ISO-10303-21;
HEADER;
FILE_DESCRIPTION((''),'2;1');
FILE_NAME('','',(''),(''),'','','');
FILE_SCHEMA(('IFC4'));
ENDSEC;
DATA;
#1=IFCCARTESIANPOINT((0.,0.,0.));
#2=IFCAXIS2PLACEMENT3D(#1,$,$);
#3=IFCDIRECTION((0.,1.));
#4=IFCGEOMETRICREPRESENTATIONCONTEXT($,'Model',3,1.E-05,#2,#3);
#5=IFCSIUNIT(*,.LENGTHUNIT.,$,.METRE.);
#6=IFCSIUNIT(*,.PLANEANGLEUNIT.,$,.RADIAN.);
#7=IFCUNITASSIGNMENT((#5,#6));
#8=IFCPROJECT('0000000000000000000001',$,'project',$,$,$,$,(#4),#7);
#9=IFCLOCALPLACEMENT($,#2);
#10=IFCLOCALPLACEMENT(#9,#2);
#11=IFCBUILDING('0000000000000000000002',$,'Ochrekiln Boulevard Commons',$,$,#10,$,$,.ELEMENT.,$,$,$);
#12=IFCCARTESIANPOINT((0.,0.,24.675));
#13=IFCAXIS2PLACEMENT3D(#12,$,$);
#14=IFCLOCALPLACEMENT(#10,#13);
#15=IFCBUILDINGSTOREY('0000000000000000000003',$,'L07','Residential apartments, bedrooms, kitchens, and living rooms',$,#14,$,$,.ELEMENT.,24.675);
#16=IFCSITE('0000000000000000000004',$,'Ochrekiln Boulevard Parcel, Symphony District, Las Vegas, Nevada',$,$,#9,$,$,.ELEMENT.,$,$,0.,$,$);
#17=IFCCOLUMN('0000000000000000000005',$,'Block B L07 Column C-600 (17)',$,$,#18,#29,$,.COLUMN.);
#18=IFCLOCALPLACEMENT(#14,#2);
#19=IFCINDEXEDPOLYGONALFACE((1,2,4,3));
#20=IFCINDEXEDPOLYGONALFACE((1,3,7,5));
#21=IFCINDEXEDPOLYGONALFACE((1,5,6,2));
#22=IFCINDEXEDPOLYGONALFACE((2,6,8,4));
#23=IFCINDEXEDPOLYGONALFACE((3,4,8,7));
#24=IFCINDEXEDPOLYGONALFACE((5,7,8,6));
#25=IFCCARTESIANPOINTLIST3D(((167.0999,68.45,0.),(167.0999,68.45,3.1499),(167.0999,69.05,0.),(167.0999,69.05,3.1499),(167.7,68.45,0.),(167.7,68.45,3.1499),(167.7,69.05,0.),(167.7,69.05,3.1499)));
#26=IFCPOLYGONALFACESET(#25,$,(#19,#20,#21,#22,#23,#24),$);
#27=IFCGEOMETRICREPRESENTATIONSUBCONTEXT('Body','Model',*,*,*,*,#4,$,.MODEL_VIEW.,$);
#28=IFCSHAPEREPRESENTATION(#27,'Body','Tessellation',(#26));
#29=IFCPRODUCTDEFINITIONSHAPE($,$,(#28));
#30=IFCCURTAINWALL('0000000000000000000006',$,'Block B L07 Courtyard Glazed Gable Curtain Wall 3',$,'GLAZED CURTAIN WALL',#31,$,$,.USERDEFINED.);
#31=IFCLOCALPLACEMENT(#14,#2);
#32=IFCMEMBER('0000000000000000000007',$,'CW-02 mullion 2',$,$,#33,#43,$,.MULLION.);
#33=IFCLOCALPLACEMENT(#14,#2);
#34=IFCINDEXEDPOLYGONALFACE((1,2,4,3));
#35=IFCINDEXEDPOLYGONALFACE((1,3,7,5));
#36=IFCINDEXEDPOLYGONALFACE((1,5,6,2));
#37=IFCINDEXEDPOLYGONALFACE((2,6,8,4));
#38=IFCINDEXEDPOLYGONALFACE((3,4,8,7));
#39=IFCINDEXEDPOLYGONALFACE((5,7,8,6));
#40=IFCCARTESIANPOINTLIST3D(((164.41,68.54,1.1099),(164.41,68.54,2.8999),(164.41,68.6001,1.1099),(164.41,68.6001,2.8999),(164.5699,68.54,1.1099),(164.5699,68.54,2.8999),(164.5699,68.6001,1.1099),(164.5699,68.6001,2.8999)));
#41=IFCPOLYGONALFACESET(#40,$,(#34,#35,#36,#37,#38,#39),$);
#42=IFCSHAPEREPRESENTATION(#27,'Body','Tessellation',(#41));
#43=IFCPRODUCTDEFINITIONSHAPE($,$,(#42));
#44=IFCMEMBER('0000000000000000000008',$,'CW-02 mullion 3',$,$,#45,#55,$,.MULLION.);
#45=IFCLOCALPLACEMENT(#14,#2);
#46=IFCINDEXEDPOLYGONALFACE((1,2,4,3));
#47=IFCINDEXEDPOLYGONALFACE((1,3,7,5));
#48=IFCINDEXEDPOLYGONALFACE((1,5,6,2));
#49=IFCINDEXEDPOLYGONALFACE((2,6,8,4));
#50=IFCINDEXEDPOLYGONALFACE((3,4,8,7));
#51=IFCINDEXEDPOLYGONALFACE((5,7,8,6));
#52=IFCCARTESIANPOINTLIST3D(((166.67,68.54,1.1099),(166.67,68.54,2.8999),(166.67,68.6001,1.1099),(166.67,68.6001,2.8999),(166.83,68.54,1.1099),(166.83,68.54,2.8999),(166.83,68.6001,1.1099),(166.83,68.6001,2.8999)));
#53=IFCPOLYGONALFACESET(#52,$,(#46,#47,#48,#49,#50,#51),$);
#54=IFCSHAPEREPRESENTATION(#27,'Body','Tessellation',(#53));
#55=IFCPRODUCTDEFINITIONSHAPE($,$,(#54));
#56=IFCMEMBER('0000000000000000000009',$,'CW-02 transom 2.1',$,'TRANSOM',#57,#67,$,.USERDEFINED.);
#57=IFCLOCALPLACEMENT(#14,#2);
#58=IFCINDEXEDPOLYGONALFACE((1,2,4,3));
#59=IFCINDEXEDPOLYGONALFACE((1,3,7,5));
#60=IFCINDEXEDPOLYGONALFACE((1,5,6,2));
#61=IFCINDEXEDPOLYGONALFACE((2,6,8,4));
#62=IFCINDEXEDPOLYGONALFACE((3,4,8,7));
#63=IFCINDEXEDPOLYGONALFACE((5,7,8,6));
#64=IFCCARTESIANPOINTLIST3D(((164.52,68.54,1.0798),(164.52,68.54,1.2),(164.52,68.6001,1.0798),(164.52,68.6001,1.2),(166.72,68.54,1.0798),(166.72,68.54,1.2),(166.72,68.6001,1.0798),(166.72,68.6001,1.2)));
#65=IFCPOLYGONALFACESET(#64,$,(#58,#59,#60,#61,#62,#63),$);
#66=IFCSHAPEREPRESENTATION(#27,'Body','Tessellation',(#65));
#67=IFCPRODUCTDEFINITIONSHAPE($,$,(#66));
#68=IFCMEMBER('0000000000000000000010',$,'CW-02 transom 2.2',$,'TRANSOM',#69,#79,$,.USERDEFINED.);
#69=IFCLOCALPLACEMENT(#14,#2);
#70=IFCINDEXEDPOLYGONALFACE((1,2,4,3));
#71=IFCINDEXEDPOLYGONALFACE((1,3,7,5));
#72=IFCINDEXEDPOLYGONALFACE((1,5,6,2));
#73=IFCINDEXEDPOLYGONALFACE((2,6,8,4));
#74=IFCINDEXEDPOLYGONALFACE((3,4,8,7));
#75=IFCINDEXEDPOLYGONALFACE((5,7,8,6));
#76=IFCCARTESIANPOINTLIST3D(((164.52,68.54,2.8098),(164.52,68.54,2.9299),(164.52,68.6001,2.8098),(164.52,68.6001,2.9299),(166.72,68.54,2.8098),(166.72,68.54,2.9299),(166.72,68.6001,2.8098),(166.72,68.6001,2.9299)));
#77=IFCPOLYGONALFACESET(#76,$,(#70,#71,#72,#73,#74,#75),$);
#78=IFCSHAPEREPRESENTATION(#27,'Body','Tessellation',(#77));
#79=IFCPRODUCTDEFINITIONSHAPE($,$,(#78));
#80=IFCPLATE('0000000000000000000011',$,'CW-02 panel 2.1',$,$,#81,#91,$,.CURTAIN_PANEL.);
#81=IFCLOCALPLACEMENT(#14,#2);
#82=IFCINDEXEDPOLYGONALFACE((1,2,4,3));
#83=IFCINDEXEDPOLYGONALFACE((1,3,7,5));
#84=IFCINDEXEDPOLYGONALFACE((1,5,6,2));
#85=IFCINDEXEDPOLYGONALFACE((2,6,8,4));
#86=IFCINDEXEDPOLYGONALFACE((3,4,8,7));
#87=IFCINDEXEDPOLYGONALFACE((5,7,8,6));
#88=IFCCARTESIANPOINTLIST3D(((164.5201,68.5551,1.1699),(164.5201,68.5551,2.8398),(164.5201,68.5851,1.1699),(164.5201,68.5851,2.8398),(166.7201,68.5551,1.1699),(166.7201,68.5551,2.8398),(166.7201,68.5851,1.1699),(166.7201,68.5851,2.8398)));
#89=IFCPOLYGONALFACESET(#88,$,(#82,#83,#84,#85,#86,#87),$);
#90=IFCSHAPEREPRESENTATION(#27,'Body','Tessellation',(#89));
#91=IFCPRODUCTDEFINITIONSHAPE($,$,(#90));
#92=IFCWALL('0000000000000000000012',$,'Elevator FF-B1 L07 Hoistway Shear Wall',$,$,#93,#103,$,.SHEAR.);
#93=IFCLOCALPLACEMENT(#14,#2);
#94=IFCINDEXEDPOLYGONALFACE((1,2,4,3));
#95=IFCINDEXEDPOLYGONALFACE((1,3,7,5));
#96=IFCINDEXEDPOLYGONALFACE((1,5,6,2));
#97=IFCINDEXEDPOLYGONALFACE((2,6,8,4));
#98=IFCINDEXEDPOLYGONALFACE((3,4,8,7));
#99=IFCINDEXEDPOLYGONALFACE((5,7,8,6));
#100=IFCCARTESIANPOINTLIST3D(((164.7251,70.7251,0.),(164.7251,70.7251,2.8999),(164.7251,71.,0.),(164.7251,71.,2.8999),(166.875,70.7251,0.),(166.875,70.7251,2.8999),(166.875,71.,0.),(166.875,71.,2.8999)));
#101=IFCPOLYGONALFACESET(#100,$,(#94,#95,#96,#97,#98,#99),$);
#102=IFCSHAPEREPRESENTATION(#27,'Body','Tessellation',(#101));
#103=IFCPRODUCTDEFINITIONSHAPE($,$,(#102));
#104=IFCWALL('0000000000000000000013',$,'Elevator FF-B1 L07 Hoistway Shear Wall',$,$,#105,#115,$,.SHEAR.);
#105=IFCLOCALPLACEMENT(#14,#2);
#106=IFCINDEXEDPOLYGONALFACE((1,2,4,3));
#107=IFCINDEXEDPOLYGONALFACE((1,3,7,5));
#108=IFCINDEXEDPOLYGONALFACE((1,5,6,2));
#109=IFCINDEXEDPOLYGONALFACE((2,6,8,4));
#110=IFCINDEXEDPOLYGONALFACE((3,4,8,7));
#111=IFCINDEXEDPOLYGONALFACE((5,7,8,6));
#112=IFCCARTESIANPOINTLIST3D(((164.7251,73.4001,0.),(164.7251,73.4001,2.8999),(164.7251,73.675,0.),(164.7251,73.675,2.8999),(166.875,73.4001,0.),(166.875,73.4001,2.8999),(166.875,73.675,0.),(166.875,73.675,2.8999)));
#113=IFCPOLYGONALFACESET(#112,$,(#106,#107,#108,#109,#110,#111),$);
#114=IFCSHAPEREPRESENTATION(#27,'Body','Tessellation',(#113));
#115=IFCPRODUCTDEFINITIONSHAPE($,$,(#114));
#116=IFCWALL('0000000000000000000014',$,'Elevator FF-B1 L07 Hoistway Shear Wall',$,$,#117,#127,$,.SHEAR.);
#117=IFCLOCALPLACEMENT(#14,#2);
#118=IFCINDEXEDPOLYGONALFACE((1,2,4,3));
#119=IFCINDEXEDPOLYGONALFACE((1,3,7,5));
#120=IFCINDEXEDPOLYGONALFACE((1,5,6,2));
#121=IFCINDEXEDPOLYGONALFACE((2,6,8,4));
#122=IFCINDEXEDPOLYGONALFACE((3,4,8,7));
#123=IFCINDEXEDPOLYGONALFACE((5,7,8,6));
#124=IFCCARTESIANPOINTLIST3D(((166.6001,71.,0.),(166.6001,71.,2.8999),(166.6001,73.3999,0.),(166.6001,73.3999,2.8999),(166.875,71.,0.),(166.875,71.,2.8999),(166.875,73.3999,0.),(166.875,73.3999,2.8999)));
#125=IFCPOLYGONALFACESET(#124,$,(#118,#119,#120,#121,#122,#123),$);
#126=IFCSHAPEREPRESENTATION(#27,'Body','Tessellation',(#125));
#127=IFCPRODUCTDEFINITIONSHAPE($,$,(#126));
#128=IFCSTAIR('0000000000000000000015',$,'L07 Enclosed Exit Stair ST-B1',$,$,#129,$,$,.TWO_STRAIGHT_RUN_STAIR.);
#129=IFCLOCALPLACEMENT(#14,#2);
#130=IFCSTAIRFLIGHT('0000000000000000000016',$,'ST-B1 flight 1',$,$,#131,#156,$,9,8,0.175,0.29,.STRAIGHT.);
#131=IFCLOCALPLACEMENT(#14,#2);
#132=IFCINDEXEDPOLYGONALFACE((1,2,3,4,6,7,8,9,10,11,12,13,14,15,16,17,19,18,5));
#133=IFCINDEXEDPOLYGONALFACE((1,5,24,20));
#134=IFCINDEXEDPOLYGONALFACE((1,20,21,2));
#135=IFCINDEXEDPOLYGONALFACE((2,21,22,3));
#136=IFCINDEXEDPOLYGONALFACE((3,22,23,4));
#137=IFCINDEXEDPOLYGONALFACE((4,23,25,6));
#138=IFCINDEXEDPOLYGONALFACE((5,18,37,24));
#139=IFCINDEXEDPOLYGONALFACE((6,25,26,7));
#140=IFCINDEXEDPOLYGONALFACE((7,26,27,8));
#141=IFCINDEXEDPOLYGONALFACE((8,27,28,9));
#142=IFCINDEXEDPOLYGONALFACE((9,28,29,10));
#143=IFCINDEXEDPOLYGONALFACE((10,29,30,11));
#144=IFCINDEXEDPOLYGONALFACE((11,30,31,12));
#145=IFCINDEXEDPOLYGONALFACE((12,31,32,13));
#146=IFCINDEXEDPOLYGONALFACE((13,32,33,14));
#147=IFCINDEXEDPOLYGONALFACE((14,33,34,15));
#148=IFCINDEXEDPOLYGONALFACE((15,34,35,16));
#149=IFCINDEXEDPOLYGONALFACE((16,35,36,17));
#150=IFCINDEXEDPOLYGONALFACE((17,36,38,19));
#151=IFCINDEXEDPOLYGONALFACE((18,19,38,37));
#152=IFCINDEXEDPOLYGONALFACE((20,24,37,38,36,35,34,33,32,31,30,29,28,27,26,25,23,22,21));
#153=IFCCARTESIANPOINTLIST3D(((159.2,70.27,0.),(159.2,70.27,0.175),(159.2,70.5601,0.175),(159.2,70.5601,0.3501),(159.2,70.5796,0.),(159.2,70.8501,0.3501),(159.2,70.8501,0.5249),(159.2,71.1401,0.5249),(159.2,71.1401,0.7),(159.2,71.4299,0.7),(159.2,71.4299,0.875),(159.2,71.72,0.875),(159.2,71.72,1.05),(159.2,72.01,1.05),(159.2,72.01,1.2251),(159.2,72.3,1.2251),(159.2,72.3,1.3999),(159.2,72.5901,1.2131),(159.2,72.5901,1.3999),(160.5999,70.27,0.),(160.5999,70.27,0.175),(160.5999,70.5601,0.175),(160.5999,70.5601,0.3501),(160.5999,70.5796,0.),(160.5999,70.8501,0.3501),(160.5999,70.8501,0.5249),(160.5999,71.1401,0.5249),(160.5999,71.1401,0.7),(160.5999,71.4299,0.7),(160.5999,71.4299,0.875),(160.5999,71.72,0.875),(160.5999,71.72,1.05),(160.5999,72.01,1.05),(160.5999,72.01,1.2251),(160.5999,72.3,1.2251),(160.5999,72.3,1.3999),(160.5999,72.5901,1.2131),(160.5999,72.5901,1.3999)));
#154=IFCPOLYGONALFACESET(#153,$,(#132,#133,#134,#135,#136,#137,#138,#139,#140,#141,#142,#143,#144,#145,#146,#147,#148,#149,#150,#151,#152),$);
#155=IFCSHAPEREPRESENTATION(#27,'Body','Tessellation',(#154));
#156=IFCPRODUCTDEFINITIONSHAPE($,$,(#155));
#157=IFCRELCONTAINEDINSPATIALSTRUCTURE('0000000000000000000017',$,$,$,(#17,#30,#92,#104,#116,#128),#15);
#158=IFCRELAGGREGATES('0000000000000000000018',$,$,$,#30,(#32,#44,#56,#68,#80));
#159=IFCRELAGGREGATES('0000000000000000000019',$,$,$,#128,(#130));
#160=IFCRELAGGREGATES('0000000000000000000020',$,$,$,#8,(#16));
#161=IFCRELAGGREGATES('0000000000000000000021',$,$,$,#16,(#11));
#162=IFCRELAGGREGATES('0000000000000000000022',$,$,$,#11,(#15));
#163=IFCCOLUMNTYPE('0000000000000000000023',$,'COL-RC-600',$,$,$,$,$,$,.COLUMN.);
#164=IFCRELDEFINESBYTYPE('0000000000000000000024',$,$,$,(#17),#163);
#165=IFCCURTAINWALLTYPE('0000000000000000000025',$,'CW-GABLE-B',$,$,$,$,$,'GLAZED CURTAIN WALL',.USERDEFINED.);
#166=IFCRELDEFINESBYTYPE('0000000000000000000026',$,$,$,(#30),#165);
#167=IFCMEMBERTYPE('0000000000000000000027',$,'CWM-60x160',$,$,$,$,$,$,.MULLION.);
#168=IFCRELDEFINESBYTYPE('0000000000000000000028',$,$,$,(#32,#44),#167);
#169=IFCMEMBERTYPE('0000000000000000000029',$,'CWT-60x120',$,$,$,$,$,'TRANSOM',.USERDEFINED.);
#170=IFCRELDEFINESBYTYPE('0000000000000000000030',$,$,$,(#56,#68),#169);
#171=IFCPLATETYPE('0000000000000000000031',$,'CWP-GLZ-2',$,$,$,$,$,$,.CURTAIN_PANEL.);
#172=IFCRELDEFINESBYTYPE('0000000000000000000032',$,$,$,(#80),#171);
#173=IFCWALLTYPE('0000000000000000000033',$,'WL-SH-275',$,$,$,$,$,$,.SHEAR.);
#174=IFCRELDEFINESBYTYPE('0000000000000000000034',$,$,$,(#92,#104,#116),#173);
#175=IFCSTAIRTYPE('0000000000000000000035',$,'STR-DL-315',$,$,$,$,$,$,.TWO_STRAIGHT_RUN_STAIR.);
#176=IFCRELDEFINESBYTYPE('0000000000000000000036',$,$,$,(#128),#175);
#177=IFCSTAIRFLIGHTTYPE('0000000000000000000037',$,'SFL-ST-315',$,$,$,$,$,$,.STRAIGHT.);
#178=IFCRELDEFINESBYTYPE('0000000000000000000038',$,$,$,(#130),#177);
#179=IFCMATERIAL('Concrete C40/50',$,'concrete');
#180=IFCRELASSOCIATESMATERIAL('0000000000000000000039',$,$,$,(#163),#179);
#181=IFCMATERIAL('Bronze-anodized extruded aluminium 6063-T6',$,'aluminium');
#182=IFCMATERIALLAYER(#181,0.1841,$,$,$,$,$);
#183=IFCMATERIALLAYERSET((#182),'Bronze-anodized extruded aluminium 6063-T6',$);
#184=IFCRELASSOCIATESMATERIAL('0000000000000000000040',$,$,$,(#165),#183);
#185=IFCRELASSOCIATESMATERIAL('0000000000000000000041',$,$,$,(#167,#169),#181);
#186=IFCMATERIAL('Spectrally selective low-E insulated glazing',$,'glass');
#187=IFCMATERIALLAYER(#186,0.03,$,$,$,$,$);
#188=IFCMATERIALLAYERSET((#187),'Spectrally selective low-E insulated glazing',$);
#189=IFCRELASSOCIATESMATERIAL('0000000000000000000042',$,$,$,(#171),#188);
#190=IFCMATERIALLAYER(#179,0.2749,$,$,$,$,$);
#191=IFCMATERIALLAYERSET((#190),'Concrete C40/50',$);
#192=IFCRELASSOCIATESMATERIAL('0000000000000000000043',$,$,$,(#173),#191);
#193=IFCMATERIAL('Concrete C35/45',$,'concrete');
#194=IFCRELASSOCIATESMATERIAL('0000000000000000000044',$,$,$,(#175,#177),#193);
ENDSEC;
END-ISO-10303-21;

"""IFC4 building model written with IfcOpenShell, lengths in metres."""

from ifc_helpers import new_model, si_unit, direction, frame, frame_2d, origin, origin_2d, place, context, subcontext, project, spatial, polyline, rectangle, outline, extrude, material, layer, layer_set, material_profile, profile_set, type_object, element, aggregate, save


model = new_model("IFC4")

# Units and contexts
model_context = context("Model", 3, precision=1e-05, world=origin(), true_north=direction((0.0, 1.0)))
body_context = subcontext(model_context, "Body", "Model", "MODEL_VIEW")
ifc_project = project(units=[si_unit("LENGTHUNIT", "METRE"), si_unit("PLANEANGLEUNIT", "RADIAN")], contexts=[model_context])

# Site, building, storey
site_placement = place(None, origin())
site = spatial("IfcSite", under=ifc_project, at=site_placement, Name="Ochrekiln Boulevard Parcel, Symphony District, Las Vegas, Nevada", CompositionType="ELEMENT", RefElevation=0.0)
building_placement = place(site_placement, origin())
building = spatial("IfcBuilding", under=site, at=building_placement, Name="Ochrekiln Boulevard Commons", CompositionType="ELEMENT")
storey_placement = place(building_placement, frame((0.0, 0.0, 24.675)))
storey = spatial("IfcBuildingStorey", under=building, at=storey_placement, Name="L07", Description="Residential apartments, bedrooms, kitchens, and living rooms", CompositionType="ELEMENT", Elevation=24.675)

# Column
ifc_material_1 = material(Name="Concrete C40/50", Category="concrete")
ifc_material_profile_1 = material_profile(ifc_material_1, rectangle(XDim=0.6001, YDim=0.6001, at=origin_2d()), Name="RC-COL-600x600")
ifc_profile_set_1 = profile_set([ifc_material_profile_1], Name="Concrete C40/50")
column_type = type_object("IfcColumnType", Name="COL-RC-600", PredefinedType="COLUMN", material=ifc_profile_set_1)
column_placement = place(storey_placement, frame((167.3999, 68.75, 0.0), z_axis=(0.0, 0.0, 1.0), x_axis=(1.0, 0.0, 0.0)))
element("IfcColumn", 1, at=column_placement, inside=storey, type_object=column_type, Name="Block B L07 Column C-600 (17)", PredefinedType="COLUMN", context=body_context, shape_type="SweptSolid", body=[
    extrude(rectangle(XDim=0.6001, YDim=0.6001, at=origin_2d()), origin(), (0.0, 0.0, 1.0), 3.1499),
])

# Curtain wall, members, plate
ifc_material_2 = material(Name="Bronze-anodized extruded aluminium 6063-T6", Category="aluminium")
ifc_layer_1 = layer(ifc_material_2, 0.1841)
ifc_layer_set_1 = layer_set([ifc_layer_1], Name="Bronze-anodized extruded aluminium 6063-T6")
curtain_wall_type = type_object("IfcCurtainWallType", Name="CW-GABLE-B", ElementType="GLAZED CURTAIN WALL", PredefinedType="USERDEFINED", material=ifc_layer_set_1)
curtain_wall_placement = place(storey_placement, origin())
curtain_wall = element("IfcCurtainWall", 2, at=curtain_wall_placement, inside=storey, type_object=curtain_wall_type, Name="Block B L07 Courtyard Glazed Gable Curtain Wall 3", ObjectType="GLAZED CURTAIN WALL", PredefinedType="USERDEFINED")
ifc_material_profile_2 = material_profile(ifc_material_2, rectangle(XDim=0.0601, YDim=0.1599, at=origin_2d()), Name="ALU-MUL-60x160")
ifc_profile_set_2 = profile_set([ifc_material_profile_2], Name="Bronze-anodized extruded aluminium 6063-T6")
member_type_1 = type_object("IfcMemberType", Name="CWM-60x160", PredefinedType="MULLION", material=ifc_profile_set_2)
member_1_placement = place(storey_placement, frame((164.49, 68.5701, 1.1099), z_axis=(0.0, 0.0, 1.0), x_axis=(0.0, 1.0, 0.0)))
member_1 = element("IfcMember", 3, at=member_1_placement, type_object=member_type_1, Name="CW-02 mullion 2", PredefinedType="MULLION", context=body_context, shape_type="SweptSolid", body=[
    extrude(rectangle(XDim=0.0601, YDim=0.1599, at=origin_2d()), origin(), (0.0, 0.0, 1.0), 1.79),
])
member_2_placement = place(storey_placement, frame((166.75, 68.5701, 1.1099), z_axis=(0.0, 0.0, 1.0), x_axis=(0.0, 1.0, 0.0)))
member_2 = element("IfcMember", 4, at=member_2_placement, type_object=member_type_1, Name="CW-02 mullion 3", PredefinedType="MULLION", context=body_context, shape_type="SweptSolid", body=[
    extrude(rectangle(XDim=0.0601, YDim=0.1599, at=origin_2d()), origin(), (0.0, 0.0, 1.0), 1.79),
])
ifc_material_profile_3 = material_profile(ifc_material_2, rectangle(XDim=0.0601, YDim=0.1201, at=origin_2d()), Name="ALU-TRN-60x120")
ifc_profile_set_3 = profile_set([ifc_material_profile_3], Name="Bronze-anodized extruded aluminium 6063-T6")
member_type_2 = type_object("IfcMemberType", Name="CWT-60x120", ElementType="TRANSOM", PredefinedType="USERDEFINED", material=ifc_profile_set_3)
member_3_placement = place(storey_placement, frame((164.52, 68.5701, 1.1399), z_axis=(1.0, 0.0, 0.0), x_axis=(0.0, 1.0, 0.0)))
member_3 = element("IfcMember", 5, at=member_3_placement, type_object=member_type_2, Name="CW-02 transom 2.1", ObjectType="TRANSOM", PredefinedType="USERDEFINED", context=body_context, shape_type="SweptSolid", body=[
    extrude(rectangle(XDim=0.0601, YDim=0.1201, at=origin_2d()), origin(), (0.0, 0.0, 1.0), 2.2),
])
member_4_placement = place(storey_placement, frame((164.52, 68.5701, 2.8699), z_axis=(1.0, 0.0, 0.0), x_axis=(0.0, 1.0, 0.0)))
member_4 = element("IfcMember", 6, at=member_4_placement, type_object=member_type_2, Name="CW-02 transom 2.2", ObjectType="TRANSOM", PredefinedType="USERDEFINED", context=body_context, shape_type="SweptSolid", body=[
    extrude(rectangle(XDim=0.0601, YDim=0.1201, at=origin_2d()), origin(), (0.0, 0.0, 1.0), 2.2),
])
ifc_material_3 = material(Name="Spectrally selective low-E insulated glazing", Category="glass")
ifc_layer_2 = layer(ifc_material_3, 0.03)
ifc_layer_set_2 = layer_set([ifc_layer_2], Name="Spectrally selective low-E insulated glazing")
plate_type = type_object("IfcPlateType", Name="CWP-GLZ-2", PredefinedType="CURTAIN_PANEL", material=ifc_layer_set_2)
plate_placement = place(storey_placement, frame((165.6201, 68.5701, 1.1699), z_axis=(0.0, 0.0, 1.0), x_axis=(1.0, 0.0, 0.0)))
plate = element("IfcPlate", 7, at=plate_placement, type_object=plate_type, Name="CW-02 panel 2.1", PredefinedType="CURTAIN_PANEL", context=body_context, shape_type="SweptSolid", body=[
    extrude(rectangle(XDim=2.2, YDim=0.03, at=origin_2d()), origin(), (0.0, 0.0, 1.0), 1.6699),
])
aggregate(curtain_wall, [member_1, member_2, member_3, member_4, plate])

# Walls
ifc_layer_3 = layer(ifc_material_1, 0.2749)
ifc_layer_set_3 = layer_set([ifc_layer_3], Name="Concrete C40/50")
wall_type_1 = type_object("IfcWallType", Name="WL-SH-275", PredefinedType="SHEAR", material=ifc_layer_set_3)
for number, where, z_axis, x_axis, name in (
    (8, (164.7251, 70.8625, 0.0), (0.0, 0.0, 1.0), (1.0, 0.0, 0.0), "Elevator FF-B1 L07 Hoistway Shear Wall"),
    (9, (164.7251, 73.5376, 0.0), (0.0, 0.0, 1.0), (1.0, 0.0, 0.0), "Elevator FF-B1 L07 Hoistway Shear Wall"),
):
    element("IfcWall", number, at=place(storey_placement, frame(where, z_axis=z_axis, x_axis=x_axis)), inside=storey, type_object=wall_type_1, Name=name, PredefinedType="SHEAR", context=body_context, shape_type="SweptSolid", body=[
        extrude(rectangle(XDim=2.1499, YDim=0.2749, at=frame_2d((1.075, 0.0))), origin(), (0.0, 0.0, 1.0), 2.8999),
    ])

# Wall
wall_1_placement = place(storey_placement, frame((166.7375, 71.0, 0.0), z_axis=(0.0, 0.0, 1.0), x_axis=(0.0, 1.0, 0.0)))
element("IfcWall", 10, at=wall_1_placement, inside=storey, type_object=wall_type_1, Name="Elevator FF-B1 L07 Hoistway Shear Wall", PredefinedType="SHEAR", context=body_context, shape_type="SweptSolid", body=[
    extrude(rectangle(XDim=2.3999, YDim=0.2749, at=frame_2d((1.2, 0.0))), origin(), (0.0, 0.0, 1.0), 2.8999),
])

# Stair, stair flight
ifc_material_4 = material(Name="Concrete C35/45", Category="concrete")
stair_type = type_object("IfcStairType", Name="STR-DL-315", PredefinedType="TWO_STRAIGHT_RUN_STAIR", material=ifc_material_4)
stair_placement = place(storey_placement, origin())
stair = element("IfcStair", 11, at=stair_placement, inside=storey, type_object=stair_type, Name="L07 Enclosed Exit Stair ST-B1", PredefinedType="TWO_STRAIGHT_RUN_STAIR")
stair_flight_type = type_object("IfcStairFlightType", Name="SFL-ST-315", PredefinedType="STRAIGHT", material=ifc_material_4)
stair_flight_placement = place(storey_placement, frame((159.8999, 70.27, 0.0), z_axis=(0.0, 0.0, 1.0), x_axis=(0.0, 1.0, 0.0)))
stair_flight = element("IfcStairFlight", 12, at=stair_flight_placement, type_object=stair_flight_type, Name="ST-B1 flight 1", NumberOfRisers=9, NumberOfTreads=8, PredefinedType="STRAIGHT", RiserHeight=0.175, TreadLength=0.29, context=body_context, shape_type="SweptSolid", body=[
    extrude(outline(polyline([(0.0, 0.0), (0.0, 0.175), (0.29, 0.175), (0.29, 0.3501), (0.5801, 0.3501), (0.5801, 0.5249), (0.8701, 0.5249), (0.8701, 0.7), (1.1599, 0.7), (1.1599, 0.875), (1.45, 0.875), (1.45, 1.05), (1.74, 1.05), (1.74, 1.2251), (2.03, 1.2251), (2.03, 1.3999), (2.3201, 1.3999), (2.3201, 1.575), (2.3201, 1.2131), (0.3096, 0.0), (0.0, 0.0)])), frame((0.0, 0.7, 0.0), z_axis=(0.0, -1.0, 0.0), x_axis=(1.0, 0.0, 0.0)), (0.0, 0.0, 1.0), 1.3999),
])
aggregate(stair, [stair_flight])

save(model, "model.ifc")
